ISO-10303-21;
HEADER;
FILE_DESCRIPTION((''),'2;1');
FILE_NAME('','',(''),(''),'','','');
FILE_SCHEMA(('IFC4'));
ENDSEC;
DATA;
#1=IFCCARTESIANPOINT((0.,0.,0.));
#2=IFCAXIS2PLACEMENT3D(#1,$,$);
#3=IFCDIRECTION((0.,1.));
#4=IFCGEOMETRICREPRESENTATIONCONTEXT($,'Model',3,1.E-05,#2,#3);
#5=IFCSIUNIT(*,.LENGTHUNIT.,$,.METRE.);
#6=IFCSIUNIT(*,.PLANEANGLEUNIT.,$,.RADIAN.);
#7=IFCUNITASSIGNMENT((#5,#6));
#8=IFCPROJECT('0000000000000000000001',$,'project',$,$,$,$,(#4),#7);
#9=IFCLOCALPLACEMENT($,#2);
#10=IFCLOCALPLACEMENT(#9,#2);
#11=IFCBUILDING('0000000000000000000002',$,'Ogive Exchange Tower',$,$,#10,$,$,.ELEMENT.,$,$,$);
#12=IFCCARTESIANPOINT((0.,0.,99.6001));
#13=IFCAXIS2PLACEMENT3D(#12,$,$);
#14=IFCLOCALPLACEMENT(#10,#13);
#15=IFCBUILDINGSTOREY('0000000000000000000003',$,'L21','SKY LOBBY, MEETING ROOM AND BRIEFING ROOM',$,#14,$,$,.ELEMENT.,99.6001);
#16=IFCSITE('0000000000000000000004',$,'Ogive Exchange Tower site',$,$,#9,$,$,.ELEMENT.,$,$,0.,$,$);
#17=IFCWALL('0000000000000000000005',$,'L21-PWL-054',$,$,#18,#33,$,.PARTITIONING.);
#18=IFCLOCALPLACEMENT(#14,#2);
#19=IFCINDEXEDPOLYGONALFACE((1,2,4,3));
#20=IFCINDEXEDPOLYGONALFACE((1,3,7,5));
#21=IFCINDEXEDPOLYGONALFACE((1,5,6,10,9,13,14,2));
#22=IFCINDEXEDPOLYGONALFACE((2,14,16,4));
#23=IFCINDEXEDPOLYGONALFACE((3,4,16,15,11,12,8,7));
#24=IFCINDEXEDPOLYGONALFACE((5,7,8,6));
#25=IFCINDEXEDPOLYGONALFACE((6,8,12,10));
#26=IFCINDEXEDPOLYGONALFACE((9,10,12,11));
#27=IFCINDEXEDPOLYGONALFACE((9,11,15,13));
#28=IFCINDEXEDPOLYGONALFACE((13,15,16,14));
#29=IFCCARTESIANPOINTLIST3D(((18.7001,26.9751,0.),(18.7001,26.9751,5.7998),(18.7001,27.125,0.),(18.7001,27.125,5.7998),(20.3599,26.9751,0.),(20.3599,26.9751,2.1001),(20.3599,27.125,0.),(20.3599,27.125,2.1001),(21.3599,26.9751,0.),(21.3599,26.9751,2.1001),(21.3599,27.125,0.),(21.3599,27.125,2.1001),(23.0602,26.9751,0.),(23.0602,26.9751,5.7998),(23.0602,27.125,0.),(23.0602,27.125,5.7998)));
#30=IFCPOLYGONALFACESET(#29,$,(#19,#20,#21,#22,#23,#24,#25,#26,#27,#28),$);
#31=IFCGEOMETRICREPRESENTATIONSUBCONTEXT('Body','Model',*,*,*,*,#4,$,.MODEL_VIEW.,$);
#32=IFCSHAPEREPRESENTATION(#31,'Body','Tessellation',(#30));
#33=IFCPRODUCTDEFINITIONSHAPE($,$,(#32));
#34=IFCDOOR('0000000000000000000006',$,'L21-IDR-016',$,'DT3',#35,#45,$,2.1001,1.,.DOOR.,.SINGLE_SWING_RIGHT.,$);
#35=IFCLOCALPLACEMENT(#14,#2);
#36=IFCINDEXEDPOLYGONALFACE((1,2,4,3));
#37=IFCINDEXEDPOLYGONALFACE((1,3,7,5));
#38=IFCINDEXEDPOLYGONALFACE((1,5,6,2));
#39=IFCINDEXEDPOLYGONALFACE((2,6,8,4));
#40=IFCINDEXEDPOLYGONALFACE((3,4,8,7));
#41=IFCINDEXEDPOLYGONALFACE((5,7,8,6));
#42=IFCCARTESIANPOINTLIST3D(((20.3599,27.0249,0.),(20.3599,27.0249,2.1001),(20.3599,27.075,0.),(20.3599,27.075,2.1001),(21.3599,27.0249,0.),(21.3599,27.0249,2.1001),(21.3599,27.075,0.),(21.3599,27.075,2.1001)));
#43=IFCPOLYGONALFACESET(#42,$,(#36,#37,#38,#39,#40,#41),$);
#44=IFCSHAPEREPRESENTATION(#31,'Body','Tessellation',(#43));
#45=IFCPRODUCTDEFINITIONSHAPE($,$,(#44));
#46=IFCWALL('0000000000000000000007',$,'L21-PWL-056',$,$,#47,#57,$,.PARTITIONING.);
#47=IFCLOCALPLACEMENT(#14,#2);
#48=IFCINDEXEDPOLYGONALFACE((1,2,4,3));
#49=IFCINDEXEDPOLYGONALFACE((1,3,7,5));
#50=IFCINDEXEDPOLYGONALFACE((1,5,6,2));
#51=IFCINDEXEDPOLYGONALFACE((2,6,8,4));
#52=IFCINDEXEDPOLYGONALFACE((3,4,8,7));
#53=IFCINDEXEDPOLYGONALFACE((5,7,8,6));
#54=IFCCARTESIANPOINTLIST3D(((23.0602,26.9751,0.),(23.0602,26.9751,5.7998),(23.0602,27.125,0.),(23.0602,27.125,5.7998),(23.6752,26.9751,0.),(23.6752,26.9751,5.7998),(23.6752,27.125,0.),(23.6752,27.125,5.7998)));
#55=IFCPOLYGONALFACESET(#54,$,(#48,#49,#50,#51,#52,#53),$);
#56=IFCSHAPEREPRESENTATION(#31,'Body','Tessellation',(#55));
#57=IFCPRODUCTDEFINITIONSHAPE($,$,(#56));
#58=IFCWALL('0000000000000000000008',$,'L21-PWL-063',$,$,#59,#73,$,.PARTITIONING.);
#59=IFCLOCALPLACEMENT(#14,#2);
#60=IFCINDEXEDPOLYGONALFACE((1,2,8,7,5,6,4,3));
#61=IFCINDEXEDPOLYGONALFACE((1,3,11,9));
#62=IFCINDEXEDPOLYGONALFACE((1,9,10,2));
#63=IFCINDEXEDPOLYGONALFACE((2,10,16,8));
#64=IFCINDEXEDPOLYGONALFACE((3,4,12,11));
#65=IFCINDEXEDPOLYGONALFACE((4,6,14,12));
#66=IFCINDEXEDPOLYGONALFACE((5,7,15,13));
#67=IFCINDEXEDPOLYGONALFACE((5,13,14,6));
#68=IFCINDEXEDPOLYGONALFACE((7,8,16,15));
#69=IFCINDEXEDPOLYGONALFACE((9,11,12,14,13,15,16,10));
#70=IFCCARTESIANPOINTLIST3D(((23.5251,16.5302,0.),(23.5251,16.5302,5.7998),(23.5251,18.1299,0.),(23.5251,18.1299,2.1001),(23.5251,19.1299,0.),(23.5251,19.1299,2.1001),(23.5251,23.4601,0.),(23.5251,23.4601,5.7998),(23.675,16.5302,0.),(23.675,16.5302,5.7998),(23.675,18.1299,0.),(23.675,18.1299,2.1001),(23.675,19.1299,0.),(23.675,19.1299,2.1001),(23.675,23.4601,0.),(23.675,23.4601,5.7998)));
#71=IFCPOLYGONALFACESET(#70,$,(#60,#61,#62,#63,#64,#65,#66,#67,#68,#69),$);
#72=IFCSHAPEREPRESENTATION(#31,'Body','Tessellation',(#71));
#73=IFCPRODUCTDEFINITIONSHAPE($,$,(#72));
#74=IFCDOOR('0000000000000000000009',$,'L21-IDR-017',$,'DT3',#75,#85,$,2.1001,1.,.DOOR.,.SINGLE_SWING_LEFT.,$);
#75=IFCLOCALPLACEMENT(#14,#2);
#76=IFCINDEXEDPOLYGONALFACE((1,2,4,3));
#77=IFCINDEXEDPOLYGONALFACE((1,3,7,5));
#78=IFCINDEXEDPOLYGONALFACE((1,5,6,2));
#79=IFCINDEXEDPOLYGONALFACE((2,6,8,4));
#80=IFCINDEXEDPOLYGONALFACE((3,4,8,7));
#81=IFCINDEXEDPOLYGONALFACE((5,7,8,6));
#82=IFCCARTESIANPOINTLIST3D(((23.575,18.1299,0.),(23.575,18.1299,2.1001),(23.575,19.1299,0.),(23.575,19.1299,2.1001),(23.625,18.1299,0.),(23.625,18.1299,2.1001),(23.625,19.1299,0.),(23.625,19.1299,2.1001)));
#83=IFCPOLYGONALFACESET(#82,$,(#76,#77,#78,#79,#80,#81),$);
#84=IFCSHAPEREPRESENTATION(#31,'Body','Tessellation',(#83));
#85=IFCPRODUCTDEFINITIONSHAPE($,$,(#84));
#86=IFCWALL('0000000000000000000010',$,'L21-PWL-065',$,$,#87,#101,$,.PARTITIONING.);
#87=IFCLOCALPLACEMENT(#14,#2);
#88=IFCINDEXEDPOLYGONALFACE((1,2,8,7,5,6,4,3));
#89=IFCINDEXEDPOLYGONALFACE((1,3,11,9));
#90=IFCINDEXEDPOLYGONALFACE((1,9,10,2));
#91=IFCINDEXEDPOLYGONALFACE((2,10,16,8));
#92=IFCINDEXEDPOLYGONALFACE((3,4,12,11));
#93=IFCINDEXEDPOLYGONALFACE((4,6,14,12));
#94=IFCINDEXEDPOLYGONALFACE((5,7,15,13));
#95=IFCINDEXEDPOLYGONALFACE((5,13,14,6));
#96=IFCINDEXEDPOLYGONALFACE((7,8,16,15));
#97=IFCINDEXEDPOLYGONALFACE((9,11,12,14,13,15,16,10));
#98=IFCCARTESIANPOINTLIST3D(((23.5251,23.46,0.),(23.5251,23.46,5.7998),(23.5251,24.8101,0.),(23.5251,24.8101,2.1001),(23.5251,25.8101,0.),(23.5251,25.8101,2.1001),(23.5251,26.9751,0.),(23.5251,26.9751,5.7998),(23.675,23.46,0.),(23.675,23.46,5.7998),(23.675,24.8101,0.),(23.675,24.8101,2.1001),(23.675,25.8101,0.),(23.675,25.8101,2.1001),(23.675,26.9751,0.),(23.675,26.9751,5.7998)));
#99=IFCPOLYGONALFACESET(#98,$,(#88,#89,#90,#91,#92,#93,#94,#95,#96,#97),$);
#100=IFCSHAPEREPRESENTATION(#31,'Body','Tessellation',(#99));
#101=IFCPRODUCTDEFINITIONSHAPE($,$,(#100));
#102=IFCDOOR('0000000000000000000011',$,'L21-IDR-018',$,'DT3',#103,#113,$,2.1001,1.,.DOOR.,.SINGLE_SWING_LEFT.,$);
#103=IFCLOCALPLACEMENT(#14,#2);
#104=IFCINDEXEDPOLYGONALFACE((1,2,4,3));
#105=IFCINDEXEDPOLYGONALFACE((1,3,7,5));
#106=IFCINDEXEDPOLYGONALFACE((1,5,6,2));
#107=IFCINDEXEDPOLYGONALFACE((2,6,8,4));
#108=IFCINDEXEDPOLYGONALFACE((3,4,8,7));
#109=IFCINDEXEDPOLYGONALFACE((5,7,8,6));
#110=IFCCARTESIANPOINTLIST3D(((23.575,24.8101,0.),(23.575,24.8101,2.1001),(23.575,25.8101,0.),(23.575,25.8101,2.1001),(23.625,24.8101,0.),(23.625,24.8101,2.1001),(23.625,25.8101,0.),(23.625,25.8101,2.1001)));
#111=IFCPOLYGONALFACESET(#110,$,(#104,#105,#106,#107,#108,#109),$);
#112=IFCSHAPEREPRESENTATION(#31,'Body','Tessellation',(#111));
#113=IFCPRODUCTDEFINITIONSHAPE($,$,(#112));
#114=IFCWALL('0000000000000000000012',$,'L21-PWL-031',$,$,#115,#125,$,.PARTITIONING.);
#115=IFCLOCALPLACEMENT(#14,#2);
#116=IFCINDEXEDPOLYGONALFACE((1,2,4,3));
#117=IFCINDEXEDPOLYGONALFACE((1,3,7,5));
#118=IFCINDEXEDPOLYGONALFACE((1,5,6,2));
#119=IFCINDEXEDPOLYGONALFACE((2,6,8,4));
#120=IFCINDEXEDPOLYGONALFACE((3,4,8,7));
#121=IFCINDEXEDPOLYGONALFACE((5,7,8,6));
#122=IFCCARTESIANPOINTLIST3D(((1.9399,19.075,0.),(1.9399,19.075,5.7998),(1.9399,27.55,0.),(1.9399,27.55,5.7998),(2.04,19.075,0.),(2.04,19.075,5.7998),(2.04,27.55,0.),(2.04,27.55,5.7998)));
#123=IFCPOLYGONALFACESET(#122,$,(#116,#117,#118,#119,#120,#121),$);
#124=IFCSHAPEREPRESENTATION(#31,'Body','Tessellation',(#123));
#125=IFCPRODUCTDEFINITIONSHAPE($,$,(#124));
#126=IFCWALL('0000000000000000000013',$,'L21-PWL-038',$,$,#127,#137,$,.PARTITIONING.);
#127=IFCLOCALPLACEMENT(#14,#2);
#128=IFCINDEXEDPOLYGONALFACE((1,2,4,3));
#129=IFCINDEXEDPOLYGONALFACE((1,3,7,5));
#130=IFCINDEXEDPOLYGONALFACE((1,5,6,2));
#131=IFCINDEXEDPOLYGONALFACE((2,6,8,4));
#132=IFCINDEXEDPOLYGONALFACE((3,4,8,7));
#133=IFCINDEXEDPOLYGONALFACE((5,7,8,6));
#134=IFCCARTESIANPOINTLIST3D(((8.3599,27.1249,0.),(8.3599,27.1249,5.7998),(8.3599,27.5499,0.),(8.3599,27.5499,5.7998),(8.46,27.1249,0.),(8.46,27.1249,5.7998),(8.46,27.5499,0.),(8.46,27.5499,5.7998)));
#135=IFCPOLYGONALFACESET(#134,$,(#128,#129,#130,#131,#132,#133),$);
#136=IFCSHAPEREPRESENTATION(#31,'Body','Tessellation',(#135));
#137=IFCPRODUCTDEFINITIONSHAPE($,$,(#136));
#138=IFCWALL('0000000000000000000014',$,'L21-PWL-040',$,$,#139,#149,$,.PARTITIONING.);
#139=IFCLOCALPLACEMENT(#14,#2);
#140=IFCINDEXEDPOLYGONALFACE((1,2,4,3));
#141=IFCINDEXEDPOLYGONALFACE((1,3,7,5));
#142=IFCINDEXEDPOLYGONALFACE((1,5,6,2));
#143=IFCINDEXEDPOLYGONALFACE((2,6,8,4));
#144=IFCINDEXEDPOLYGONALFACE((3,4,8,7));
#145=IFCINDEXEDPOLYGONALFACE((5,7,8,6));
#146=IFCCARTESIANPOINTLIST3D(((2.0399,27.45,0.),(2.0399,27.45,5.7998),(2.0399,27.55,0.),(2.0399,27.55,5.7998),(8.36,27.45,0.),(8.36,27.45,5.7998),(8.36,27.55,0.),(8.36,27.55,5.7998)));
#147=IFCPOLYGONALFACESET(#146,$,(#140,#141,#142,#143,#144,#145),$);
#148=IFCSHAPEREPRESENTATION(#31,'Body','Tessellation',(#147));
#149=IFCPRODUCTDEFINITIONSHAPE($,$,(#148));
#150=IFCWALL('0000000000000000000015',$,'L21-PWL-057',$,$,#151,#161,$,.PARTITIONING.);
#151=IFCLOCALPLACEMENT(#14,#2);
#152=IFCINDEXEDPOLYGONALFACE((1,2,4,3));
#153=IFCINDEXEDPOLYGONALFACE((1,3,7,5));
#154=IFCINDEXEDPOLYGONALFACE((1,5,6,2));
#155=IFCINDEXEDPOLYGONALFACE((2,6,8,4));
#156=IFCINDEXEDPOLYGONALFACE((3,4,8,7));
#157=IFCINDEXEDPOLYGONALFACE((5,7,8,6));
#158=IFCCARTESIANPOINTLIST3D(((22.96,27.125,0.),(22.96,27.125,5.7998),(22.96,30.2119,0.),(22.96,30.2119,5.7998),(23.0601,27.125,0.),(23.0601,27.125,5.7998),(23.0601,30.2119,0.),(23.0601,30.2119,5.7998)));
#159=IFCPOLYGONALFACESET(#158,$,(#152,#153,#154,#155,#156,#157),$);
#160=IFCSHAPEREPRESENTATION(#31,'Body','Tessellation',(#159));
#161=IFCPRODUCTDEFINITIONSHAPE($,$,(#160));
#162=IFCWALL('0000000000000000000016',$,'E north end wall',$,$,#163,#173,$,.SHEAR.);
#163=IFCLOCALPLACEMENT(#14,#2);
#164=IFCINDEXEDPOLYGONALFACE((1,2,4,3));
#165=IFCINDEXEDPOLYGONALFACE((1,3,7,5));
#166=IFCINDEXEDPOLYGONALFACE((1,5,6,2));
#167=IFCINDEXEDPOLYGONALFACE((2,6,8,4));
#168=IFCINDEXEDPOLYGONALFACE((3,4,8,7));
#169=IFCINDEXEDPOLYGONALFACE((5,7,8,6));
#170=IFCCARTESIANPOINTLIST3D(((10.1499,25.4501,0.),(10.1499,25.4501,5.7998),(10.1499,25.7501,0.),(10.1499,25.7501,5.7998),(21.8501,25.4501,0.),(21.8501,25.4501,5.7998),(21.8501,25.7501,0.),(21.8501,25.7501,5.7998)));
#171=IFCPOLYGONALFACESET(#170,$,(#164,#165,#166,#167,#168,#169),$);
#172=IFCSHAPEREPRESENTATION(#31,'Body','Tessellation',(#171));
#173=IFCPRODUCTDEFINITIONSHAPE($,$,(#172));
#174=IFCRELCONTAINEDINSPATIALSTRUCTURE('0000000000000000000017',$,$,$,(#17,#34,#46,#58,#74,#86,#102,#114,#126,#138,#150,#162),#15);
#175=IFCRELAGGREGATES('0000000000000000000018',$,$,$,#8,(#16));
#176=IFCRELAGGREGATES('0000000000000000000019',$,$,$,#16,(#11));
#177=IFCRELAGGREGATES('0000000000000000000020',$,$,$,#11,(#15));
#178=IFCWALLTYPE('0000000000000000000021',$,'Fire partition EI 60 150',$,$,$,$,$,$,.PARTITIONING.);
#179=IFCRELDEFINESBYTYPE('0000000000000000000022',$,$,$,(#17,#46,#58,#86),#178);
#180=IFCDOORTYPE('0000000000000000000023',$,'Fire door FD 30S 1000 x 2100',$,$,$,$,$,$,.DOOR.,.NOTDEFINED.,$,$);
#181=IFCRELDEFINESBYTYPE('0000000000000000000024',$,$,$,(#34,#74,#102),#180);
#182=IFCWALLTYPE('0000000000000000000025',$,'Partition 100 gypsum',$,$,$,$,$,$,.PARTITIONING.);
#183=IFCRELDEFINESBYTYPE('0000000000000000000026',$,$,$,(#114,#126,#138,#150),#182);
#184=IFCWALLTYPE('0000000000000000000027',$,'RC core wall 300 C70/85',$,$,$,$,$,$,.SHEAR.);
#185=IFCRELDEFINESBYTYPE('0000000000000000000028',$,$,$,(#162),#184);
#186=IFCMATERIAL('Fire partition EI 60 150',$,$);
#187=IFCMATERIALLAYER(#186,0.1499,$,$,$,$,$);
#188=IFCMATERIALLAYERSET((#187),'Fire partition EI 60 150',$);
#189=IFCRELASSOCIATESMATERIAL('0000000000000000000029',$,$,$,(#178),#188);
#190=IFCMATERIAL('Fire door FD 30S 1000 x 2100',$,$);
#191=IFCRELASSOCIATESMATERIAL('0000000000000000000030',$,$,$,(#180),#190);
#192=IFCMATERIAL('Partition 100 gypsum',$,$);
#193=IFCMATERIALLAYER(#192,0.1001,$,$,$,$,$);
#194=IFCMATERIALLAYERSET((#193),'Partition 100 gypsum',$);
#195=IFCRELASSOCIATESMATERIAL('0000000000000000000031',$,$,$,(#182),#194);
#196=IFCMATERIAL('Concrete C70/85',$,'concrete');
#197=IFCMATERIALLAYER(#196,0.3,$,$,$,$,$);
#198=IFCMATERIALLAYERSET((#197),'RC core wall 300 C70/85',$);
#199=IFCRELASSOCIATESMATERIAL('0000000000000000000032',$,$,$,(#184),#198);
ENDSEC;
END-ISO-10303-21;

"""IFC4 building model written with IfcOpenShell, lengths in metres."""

from ifc_helpers import new_model, si_unit, direction, frame, frame_2d, origin, place, context, subcontext, project, spatial, rectangle, extrude, material, layer, layer_set, type_object, element, fill, save


model = new_model("IFC4")

# Units and contexts
model_context = context("Model", 3, precision=1e-05, world=origin(), true_north=direction((0.0, 1.0)))
body_context = subcontext(model_context, "Body", "Model", "MODEL_VIEW")
ifc_project = project(units=[si_unit("LENGTHUNIT", "METRE"), si_unit("PLANEANGLEUNIT", "RADIAN")], contexts=[model_context])

# Site, building, storey
site_placement = place(None, origin())
site = spatial("IfcSite", under=ifc_project, at=site_placement, Name="Ogive Exchange Tower site", CompositionType="ELEMENT", RefElevation=0.0)
building_placement = place(site_placement, origin())
building = spatial("IfcBuilding", under=site, at=building_placement, Name="Ogive Exchange Tower", CompositionType="ELEMENT")
storey_placement = place(building_placement, frame((0.0, 0.0, 99.6001)))
storey = spatial("IfcBuildingStorey", under=building, at=storey_placement, Name="L21", Description="SKY LOBBY, MEETING ROOM AND BRIEFING ROOM", CompositionType="ELEMENT", Elevation=99.6001)

# Wall, opening, door
ifc_material_1 = material(Name="Fire partition EI 60 150")
ifc_layer_1 = layer(ifc_material_1, 0.1499)
ifc_layer_set_1 = layer_set([ifc_layer_1], Name="Fire partition EI 60 150")
wall_type_1 = type_object("IfcWallType", Name="Fire partition EI 60 150", PredefinedType="PARTITIONING", material=ifc_layer_set_1)
ifc_material_2 = material(Name="Fire door FD 30S 1000 x 2100")
door_type = type_object("IfcDoorType", Name="Fire door FD 30S 1000 x 2100", OperationType="NOTDEFINED", PredefinedType="DOOR", material=ifc_material_2)
wall_1_placement = place(storey_placement, frame((18.7, 27.05, 0.0), z_axis=(0.0, 0.0, 1.0), x_axis=(1.0, 0.0, 0.0)))
wall_1 = element("IfcWall", 1, at=wall_1_placement, inside=storey, type_object=wall_type_1, Name="L21-PWL-054", PredefinedType="PARTITIONING", context=body_context, shape_type="SweptSolid", body=[
    extrude(rectangle(XDim=4.3601, YDim=0.1499, at=frame_2d((2.1802, 0.0))), origin(), (0.0, 0.0, 1.0), 5.7998),
])
opening_1_placement = place(wall_1_placement, frame((1.6599, 0.0, 0.0)))
opening_1 = element("IfcOpeningElement", 2, at=opening_1_placement, cuts=wall_1, PredefinedType="OPENING", context=body_context, shape_type="SweptSolid", body=[
    extrude(rectangle(XDim=1.0, YDim=2.1001, at=frame_2d((0.5, 1.05))), frame((0.0, 0.085, 0.0), z_axis=(0.0, -1.0, 0.0), x_axis=(1.0, 0.0, 0.0)), (0.0, 0.0, 1.0), 0.1699),
])
door_1_placement = place(opening_1_placement, origin())
door_1 = element("IfcDoor", 3, at=door_1_placement, inside=storey, type_object=door_type, Name="L21-IDR-016", ObjectType="DT3", OperationType="SINGLE_SWING_RIGHT", OverallHeight=2.1001, OverallWidth=1.0, PredefinedType="DOOR", context=body_context, shape_type="SweptSolid", body=[
    extrude(rectangle(XDim=1.0, YDim=2.1001, at=frame_2d((0.5, 1.05))), frame((0.0, 0.0249, 0.0), z_axis=(0.0, -1.0, 0.0), x_axis=(1.0, 0.0, 0.0)), (0.0, 0.0, 1.0), 0.05),
])
fill(opening_1, door_1)

# Wall
wall_2_placement = place(storey_placement, frame((23.0601, 27.05, 0.0), z_axis=(0.0, 0.0, 1.0), x_axis=(1.0, 0.0, 0.0)))
element("IfcWall", 4, at=wall_2_placement, inside=storey, type_object=wall_type_1, Name="L21-PWL-056", PredefinedType="PARTITIONING", context=body_context, shape_type="SweptSolid", body=[
    extrude(rectangle(XDim=0.615, YDim=0.1499, at=frame_2d((0.3076, 0.0))), origin(), (0.0, 0.0, 1.0), 5.7998),
])

# Walls, openings, doors
wall_3_placement = place(storey_placement, frame((23.6001, 23.46, 0.0), z_axis=(0.0, 0.0, 1.0), x_axis=(0.0, -1.0, 0.0)))
wall_3 = element("IfcWall", 5, at=wall_3_placement, inside=storey, type_object=wall_type_1, Name="L21-PWL-063", PredefinedType="PARTITIONING", context=body_context, shape_type="SweptSolid", body=[
    extrude(rectangle(XDim=6.9299, YDim=0.1499, at=frame_2d((3.4648, 0.0))), origin(), (0.0, 0.0, 1.0), 5.7998),
])
opening_2_placement = place(wall_3_placement, frame((4.3301, 0.0, 0.0)))
opening_2 = element("IfcOpeningElement", 6, at=opening_2_placement, cuts=wall_3, PredefinedType="OPENING", context=body_context, shape_type="SweptSolid", body=[
    extrude(rectangle(XDim=1.0, YDim=2.1001, at=frame_2d((0.5, 1.05))), frame((0.0, 0.085, 0.0), z_axis=(0.0, -1.0, 0.0), x_axis=(1.0, 0.0, 0.0)), (0.0, 0.0, 1.0), 0.1699),
])
door_2_placement = place(opening_2_placement, origin())
door_2 = element("IfcDoor", 7, at=door_2_placement, inside=storey, type_object=door_type, Name="L21-IDR-017", ObjectType="DT3", OperationType="SINGLE_SWING_LEFT", OverallHeight=2.1001, OverallWidth=1.0, PredefinedType="DOOR", context=body_context, shape_type="SweptSolid", body=[
    extrude(rectangle(XDim=1.0, YDim=2.1001, at=frame_2d((0.5, 1.05))), frame((0.0, 0.0249, 0.0), z_axis=(0.0, -1.0, 0.0), x_axis=(1.0, 0.0, 0.0)), (0.0, 0.0, 1.0), 0.05),
])
fill(opening_2, door_2)
wall_4_placement = place(storey_placement, frame((23.6001, 26.9751, 0.0), z_axis=(0.0, 0.0, 1.0), x_axis=(0.0, -1.0, 0.0)))
wall_4 = element("IfcWall", 8, at=wall_4_placement, inside=storey, type_object=wall_type_1, Name="L21-PWL-065", PredefinedType="PARTITIONING", context=body_context, shape_type="SweptSolid", body=[
    extrude(rectangle(XDim=3.5151, YDim=0.1499, at=frame_2d((1.7576, 0.0))), origin(), (0.0, 0.0, 1.0), 5.7998),
])
opening_3_placement = place(wall_4_placement, frame((1.165, 0.0, 0.0)))
opening_3 = element("IfcOpeningElement", 9, at=opening_3_placement, cuts=wall_4, PredefinedType="OPENING", context=body_context, shape_type="SweptSolid", body=[
    extrude(rectangle(XDim=1.0, YDim=2.1001, at=frame_2d((0.5, 1.05))), frame((0.0, 0.085, 0.0), z_axis=(0.0, -1.0, 0.0), x_axis=(1.0, 0.0, 0.0)), (0.0, 0.0, 1.0), 0.1699),
])
door_3_placement = place(opening_3_placement, origin())
door_3 = element("IfcDoor", 10, at=door_3_placement, inside=storey, type_object=door_type, Name="L21-IDR-018", ObjectType="DT3", OperationType="SINGLE_SWING_LEFT", OverallHeight=2.1001, OverallWidth=1.0, PredefinedType="DOOR", context=body_context, shape_type="SweptSolid", body=[
    extrude(rectangle(XDim=1.0, YDim=2.1001, at=frame_2d((0.5, 1.05))), frame((0.0, 0.0249, 0.0), z_axis=(0.0, -1.0, 0.0), x_axis=(1.0, 0.0, 0.0)), (0.0, 0.0, 1.0), 0.05),
])
fill(opening_3, door_3)

# Walls
ifc_material_3 = material(Name="Partition 100 gypsum")
ifc_layer_2 = layer(ifc_material_3, 0.1001)
ifc_layer_set_2 = layer_set([ifc_layer_2], Name="Partition 100 gypsum")
wall_type_2 = type_object("IfcWallType", Name="Partition 100 gypsum", PredefinedType="PARTITIONING", material=ifc_layer_set_2)
wall_5_placement = place(storey_placement, frame((1.99, 27.55, 0.0), z_axis=(0.0, 0.0, 1.0), x_axis=(0.0, -1.0, 0.0)))
element("IfcWall", 11, at=wall_5_placement, inside=storey, type_object=wall_type_2, Name="L21-PWL-031", PredefinedType="PARTITIONING", context=body_context, shape_type="SweptSolid", body=[
    extrude(rectangle(XDim=8.4751, YDim=0.1001, at=frame_2d((4.2375, 0.0))), origin(), (0.0, 0.0, 1.0), 5.7998),
])
wall_6_placement = place(storey_placement, frame((8.4099, 27.125, 0.0), z_axis=(0.0, 0.0, 1.0), x_axis=(0.0, 1.0, 0.0)))
element("IfcWall", 12, at=wall_6_placement, inside=storey, type_object=wall_type_2, Name="L21-PWL-038", PredefinedType="PARTITIONING", context=body_context, shape_type="SweptSolid", body=[
    extrude(rectangle(XDim=0.425, YDim=0.1001, at=frame_2d((0.2124, 0.0))), origin(), (0.0, 0.0, 1.0), 5.7998),
])
wall_7_placement = place(storey_placement, frame((8.3601, 27.5, 0.0), z_axis=(0.0, 0.0, 1.0), x_axis=(-1.0, 0.0, 0.0)))
element("IfcWall", 13, at=wall_7_placement, inside=storey, type_object=wall_type_2, Name="L21-PWL-040", PredefinedType="PARTITIONING", context=body_context, shape_type="SweptSolid", body=[
    extrude(rectangle(XDim=6.3201, YDim=0.1001, at=frame_2d((3.1602, 0.0))), origin(), (0.0, 0.0, 1.0), 5.7998),
])
wall_8_placement = place(storey_placement, frame((23.01, 30.2119, 0.0), z_axis=(0.0, 0.0, 1.0), x_axis=(0.0, -1.0, 0.0)))
element("IfcWall", 14, at=wall_8_placement, inside=storey, type_object=wall_type_2, Name="L21-PWL-057", PredefinedType="PARTITIONING", context=body_context, shape_type="SweptSolid", body=[
    extrude(rectangle(XDim=3.0869, YDim=0.1001, at=frame_2d((1.5435, 0.0))), origin(), (0.0, 0.0, 1.0), 5.7998),
])
ifc_material_4 = material(Name="Concrete C70/85", Category="concrete")
ifc_layer_3 = layer(ifc_material_4, 0.3)
ifc_layer_set_3 = layer_set([ifc_layer_3], Name="RC core wall 300 C70/85")
wall_type_3 = type_object("IfcWallType", Name="RC core wall 300 C70/85", PredefinedType="SHEAR", material=ifc_layer_set_3)
wall_9_placement = place(storey_placement, frame((10.1499, 25.6001, 0.0), z_axis=(0.0, 0.0, 1.0), x_axis=(1.0, 0.0, 0.0)))
element("IfcWall", 15, at=wall_9_placement, inside=storey, type_object=wall_type_3, Name="E north end wall", PredefinedType="SHEAR", context=body_context, shape_type="SweptSolid", body=[
    extrude(rectangle(XDim=11.7002, YDim=0.3, at=frame_2d((5.8501, 0.0))), origin(), (0.0, 0.0, 1.0), 5.7998),
])

save(model, "model.ifc")
